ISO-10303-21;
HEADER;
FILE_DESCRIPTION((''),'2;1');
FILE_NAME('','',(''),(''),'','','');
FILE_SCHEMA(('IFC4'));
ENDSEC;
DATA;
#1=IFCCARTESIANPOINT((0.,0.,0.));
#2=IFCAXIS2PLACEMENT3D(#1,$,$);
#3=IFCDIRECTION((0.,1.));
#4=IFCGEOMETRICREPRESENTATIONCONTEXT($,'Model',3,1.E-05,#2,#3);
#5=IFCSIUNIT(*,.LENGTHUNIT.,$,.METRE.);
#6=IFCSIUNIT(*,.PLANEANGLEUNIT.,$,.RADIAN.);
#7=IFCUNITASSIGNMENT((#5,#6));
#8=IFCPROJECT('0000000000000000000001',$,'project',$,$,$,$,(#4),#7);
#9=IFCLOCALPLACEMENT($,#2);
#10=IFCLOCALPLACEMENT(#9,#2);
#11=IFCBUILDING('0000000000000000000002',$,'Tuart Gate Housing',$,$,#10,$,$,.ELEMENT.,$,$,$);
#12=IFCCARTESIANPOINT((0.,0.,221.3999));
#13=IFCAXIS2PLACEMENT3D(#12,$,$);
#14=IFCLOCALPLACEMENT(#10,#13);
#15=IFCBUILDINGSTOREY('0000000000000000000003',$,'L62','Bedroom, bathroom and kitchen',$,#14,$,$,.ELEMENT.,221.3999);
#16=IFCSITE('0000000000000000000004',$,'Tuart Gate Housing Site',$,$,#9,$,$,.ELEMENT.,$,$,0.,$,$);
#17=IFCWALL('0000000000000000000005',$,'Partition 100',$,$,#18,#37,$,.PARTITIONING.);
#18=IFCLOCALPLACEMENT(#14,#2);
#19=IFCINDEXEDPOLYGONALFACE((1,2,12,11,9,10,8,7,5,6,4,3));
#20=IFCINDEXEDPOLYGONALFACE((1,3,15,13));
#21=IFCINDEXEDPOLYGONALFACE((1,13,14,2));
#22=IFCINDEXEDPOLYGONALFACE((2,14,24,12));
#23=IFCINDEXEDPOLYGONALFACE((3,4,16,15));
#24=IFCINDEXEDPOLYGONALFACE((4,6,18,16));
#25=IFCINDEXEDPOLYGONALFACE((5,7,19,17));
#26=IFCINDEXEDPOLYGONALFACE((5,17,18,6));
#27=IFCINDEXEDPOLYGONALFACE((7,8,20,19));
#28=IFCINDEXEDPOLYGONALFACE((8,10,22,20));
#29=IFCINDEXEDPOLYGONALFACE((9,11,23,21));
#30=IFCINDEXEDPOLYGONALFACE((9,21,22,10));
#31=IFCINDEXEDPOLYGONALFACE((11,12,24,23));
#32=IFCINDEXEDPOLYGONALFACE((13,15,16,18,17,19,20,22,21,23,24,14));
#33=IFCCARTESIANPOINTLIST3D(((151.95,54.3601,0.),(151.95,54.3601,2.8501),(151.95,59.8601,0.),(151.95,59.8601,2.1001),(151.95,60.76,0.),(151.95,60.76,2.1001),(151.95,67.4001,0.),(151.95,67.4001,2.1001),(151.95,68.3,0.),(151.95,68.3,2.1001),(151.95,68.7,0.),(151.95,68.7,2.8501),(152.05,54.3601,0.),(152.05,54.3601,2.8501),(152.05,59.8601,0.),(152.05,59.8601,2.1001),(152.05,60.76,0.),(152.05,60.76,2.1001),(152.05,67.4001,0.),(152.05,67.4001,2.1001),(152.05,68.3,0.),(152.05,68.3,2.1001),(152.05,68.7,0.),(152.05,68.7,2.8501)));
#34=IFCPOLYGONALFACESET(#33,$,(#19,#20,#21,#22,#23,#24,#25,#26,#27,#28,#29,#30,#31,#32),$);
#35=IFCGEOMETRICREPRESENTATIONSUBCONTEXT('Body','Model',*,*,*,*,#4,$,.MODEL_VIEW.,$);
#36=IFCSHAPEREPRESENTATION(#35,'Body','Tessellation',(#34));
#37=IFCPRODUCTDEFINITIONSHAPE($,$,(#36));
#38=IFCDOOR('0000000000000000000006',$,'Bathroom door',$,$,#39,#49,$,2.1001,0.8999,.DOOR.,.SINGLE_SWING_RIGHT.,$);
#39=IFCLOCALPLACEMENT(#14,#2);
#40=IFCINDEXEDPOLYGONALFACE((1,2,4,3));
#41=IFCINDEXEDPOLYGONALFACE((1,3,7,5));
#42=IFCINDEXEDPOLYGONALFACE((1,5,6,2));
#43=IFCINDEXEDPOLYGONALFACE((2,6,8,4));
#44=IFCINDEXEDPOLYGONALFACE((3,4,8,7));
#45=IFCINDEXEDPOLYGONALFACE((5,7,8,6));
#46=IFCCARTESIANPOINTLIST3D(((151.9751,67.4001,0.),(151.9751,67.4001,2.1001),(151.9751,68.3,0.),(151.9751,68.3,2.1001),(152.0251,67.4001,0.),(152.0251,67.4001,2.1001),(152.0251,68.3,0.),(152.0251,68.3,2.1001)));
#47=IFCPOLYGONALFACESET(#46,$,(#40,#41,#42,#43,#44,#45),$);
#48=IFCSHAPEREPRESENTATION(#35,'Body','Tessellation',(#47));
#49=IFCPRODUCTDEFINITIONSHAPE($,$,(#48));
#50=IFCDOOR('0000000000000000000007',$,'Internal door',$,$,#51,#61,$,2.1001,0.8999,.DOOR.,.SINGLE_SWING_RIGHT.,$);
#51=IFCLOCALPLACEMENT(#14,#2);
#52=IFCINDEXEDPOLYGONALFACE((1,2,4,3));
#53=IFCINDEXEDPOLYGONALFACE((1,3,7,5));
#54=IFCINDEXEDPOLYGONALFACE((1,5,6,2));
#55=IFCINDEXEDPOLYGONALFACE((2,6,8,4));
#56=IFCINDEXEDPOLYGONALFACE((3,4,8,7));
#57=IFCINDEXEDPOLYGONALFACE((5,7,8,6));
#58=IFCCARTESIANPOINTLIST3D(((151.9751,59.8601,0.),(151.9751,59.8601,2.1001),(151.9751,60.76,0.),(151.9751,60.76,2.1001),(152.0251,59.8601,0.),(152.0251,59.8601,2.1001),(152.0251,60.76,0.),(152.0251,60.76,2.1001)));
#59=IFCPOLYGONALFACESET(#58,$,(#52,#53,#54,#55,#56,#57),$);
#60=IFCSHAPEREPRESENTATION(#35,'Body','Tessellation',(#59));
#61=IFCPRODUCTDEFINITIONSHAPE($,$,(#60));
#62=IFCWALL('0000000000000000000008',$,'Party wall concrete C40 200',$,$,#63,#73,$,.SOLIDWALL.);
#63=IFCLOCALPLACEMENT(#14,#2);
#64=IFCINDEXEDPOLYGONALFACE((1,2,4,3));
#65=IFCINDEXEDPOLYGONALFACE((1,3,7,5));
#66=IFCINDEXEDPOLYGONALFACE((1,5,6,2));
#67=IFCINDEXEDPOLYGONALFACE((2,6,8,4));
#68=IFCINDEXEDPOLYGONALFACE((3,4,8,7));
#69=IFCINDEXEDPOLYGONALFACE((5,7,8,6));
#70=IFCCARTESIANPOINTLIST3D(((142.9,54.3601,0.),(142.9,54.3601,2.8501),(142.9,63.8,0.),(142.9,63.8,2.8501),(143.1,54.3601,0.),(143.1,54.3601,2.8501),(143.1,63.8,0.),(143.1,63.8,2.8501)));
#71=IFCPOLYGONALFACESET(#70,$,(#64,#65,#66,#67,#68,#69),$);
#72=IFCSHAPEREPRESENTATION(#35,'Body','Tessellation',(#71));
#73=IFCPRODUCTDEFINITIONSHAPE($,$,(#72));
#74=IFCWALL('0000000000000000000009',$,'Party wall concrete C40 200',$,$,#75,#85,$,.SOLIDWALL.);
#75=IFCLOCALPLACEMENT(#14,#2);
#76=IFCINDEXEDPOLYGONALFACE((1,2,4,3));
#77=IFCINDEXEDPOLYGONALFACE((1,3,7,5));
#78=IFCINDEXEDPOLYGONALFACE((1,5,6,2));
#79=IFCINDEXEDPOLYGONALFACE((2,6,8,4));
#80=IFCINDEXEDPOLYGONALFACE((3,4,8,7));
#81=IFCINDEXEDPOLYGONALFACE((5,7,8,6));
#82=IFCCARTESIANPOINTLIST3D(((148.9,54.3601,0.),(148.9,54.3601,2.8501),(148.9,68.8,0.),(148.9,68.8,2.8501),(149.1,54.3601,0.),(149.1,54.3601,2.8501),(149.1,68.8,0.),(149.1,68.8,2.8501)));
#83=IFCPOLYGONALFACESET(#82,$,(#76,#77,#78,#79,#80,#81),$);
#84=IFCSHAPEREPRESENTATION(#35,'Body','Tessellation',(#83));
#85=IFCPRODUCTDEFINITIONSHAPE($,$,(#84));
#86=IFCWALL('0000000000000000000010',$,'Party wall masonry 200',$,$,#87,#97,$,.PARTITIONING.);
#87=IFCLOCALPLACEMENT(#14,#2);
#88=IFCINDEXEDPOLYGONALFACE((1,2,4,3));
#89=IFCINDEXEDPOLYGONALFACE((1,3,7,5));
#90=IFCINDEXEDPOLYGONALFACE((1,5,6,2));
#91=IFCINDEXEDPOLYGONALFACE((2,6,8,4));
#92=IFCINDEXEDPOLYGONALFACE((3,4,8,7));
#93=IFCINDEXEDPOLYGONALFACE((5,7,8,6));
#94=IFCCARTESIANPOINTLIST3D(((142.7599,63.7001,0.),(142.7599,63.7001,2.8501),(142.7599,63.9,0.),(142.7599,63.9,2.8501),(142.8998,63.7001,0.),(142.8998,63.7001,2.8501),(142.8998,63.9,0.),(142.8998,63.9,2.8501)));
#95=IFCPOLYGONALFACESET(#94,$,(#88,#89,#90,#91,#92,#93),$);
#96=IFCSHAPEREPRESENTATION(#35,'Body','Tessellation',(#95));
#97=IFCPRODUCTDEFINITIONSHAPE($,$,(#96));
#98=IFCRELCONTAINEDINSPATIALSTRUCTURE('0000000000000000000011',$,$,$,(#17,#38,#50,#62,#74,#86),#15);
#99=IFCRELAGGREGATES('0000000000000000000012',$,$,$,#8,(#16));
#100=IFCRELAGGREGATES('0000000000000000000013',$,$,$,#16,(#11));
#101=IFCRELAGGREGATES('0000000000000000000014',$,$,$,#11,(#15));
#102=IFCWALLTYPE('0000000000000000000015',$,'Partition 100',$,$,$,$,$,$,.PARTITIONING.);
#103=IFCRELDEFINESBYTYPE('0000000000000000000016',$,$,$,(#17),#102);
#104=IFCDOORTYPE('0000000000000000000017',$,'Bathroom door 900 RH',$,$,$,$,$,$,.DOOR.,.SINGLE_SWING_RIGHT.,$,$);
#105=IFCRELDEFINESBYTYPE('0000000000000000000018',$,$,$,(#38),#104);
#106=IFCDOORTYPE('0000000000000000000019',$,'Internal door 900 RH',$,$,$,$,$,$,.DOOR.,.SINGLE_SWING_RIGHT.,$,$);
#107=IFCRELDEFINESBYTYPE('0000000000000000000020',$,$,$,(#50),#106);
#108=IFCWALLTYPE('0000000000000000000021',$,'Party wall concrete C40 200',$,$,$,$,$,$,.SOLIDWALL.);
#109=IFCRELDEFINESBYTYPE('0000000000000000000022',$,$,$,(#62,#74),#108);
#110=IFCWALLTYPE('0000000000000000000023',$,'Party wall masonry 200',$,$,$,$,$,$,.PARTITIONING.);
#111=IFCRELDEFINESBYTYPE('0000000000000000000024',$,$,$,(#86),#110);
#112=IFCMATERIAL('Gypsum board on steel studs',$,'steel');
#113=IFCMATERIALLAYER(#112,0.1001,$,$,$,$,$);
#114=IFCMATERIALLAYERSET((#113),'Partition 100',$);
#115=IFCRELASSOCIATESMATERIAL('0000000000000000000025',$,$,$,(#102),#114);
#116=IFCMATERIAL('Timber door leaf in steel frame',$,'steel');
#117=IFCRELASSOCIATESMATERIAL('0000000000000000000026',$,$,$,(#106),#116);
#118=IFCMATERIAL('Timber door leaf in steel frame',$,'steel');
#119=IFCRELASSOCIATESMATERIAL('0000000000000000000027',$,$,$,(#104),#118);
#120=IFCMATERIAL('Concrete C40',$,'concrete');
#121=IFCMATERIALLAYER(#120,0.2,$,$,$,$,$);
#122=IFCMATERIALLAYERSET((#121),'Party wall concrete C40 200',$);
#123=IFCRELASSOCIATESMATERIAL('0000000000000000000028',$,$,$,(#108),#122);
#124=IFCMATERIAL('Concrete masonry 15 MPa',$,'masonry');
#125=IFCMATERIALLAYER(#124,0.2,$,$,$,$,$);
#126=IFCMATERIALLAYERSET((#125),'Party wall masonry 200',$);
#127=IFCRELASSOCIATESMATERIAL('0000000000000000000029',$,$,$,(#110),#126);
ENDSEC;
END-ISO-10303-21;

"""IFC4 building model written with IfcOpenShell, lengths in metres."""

from ifc_helpers import new_model, si_unit, direction, frame, frame_2d, origin, place, context, subcontext, project, spatial, rectangle, extrude, material, layer, layer_set, type_object, element, fill, save


model = new_model("IFC4")

# Units and contexts
model_context = context("Model", 3, precision=1e-05, world=origin(), true_north=direction((0.0, 1.0)))
body_context = subcontext(model_context, "Body", "Model", "MODEL_VIEW")
ifc_project = project(units=[si_unit("LENGTHUNIT", "METRE"), si_unit("PLANEANGLEUNIT", "RADIAN")], contexts=[model_context])

# Site, building, storey
site_placement = place(None, origin())
site = spatial("IfcSite", under=ifc_project, at=site_placement, Name="Tuart Gate Housing Site", CompositionType="ELEMENT", RefElevation=0.0)
building_placement = place(site_placement, origin())
building = spatial("IfcBuilding", under=site, at=building_placement, Name="Tuart Gate Housing", CompositionType="ELEMENT")
storey_placement = place(building_placement, frame((0.0, 0.0, 221.3999)))
storey = spatial("IfcBuildingStorey", under=building, at=storey_placement, Name="L62", Description="Bedroom, bathroom and kitchen", CompositionType="ELEMENT", Elevation=221.3999)

# Shared definitions
ifc_material_1 = material(Name="Gypsum board on steel studs", Category="steel")
ifc_layer_1 = layer(ifc_material_1, 0.1001)
ifc_layer_set_1 = layer_set([ifc_layer_1], Name="Partition 100")
wall_type_1 = type_object("IfcWallType", Name="Partition 100", PredefinedType="PARTITIONING", material=ifc_layer_set_1)
ifc_material_2 = material(Name="Timber door leaf in steel frame", Category="steel")
door_type_1 = type_object("IfcDoorType", Name="Internal door 900 RH", OperationType="SINGLE_SWING_RIGHT", PredefinedType="DOOR", material=ifc_material_2)

# Wall, openings, doors
wall_1_placement = place(storey_placement, frame((152.0, 54.3601, 0.0), z_axis=(0.0, 0.0, 1.0), x_axis=(0.0, 1.0, 0.0)))
wall_1 = element("IfcWall", 1, at=wall_1_placement, inside=storey, type_object=wall_type_1, Name="Partition 100", PredefinedType="PARTITIONING", context=body_context, shape_type="SweptSolid", body=[
    extrude(rectangle(XDim=14.3398, YDim=0.1001, at=frame_2d((7.1699, 0.0))), origin(), (0.0, 0.0, 1.0), 2.8501),
])
opening_1_placement = place(wall_1_placement, frame((5.5, 0.0, 0.0)))
opening_1 = element("IfcOpeningElement", 2, at=opening_1_placement, cuts=wall_1, PredefinedType="OPENING", context=body_context, shape_type="SweptSolid", body=[
    extrude(rectangle(XDim=0.8999, YDim=2.1001, at=frame_2d((0.45, 1.05))), frame((0.0, 0.0601, 0.0), z_axis=(0.0, -1.0, 0.0), x_axis=(1.0, 0.0, 0.0)), (0.0, 0.0, 1.0), 0.1201),
])
opening_2_placement = place(wall_1_placement, frame((13.04, 0.0, 0.0)))
opening_2 = element("IfcOpeningElement", 3, at=opening_2_placement, cuts=wall_1, PredefinedType="OPENING", context=body_context, shape_type="SweptSolid", body=[
    extrude(rectangle(XDim=0.8999, YDim=2.1001, at=frame_2d((0.45, 1.05))), frame((0.0, 0.0601, 0.0), z_axis=(0.0, -1.0, 0.0), x_axis=(1.0, 0.0, 0.0)), (0.0, 0.0, 1.0), 0.1201),
])
ifc_material_3 = material(Name="Timber door leaf in steel frame", Category="steel")
door_type_2 = type_object("IfcDoorType", Name="Bathroom door 900 RH", OperationType="SINGLE_SWING_RIGHT", PredefinedType="DOOR", material=ifc_material_3)
door_1_placement = place(opening_2_placement, origin())
door_1 = element("IfcDoor", 4, at=door_1_placement, inside=storey, type_object=door_type_2, Name="Bathroom door", OperationType="SINGLE_SWING_RIGHT", OverallHeight=2.1001, OverallWidth=0.8999, PredefinedType="DOOR", context=body_context, shape_type="SweptSolid", body=[
    extrude(rectangle(XDim=0.8999, YDim=2.1001, at=frame_2d((0.45, 1.05))), frame((0.0, 0.0249, 0.0), z_axis=(0.0, -1.0, 0.0), x_axis=(1.0, 0.0, 0.0)), (0.0, 0.0, 1.0), 0.05),
])
fill(opening_2, door_1)
door_2_placement = place(opening_1_placement, origin())
door_2 = element("IfcDoor", 5, at=door_2_placement, inside=storey, type_object=door_type_1, Name="Internal door", OperationType="SINGLE_SWING_RIGHT", OverallHeight=2.1001, OverallWidth=0.8999, PredefinedType="DOOR", context=body_context, shape_type="SweptSolid", body=[
    extrude(rectangle(XDim=0.8999, YDim=2.1001, at=frame_2d((0.45, 1.05))), frame((0.0, 0.0249, 0.0), z_axis=(0.0, -1.0, 0.0), x_axis=(1.0, 0.0, 0.0)), (0.0, 0.0, 1.0), 0.05),
])
fill(opening_1, door_2)

# Walls
ifc_material_4 = material(Name="Concrete C40", Category="concrete")
ifc_layer_2 = layer(ifc_material_4, 0.2)
ifc_layer_set_2 = layer_set([ifc_layer_2], Name="Party wall concrete C40 200")
wall_type_2 = type_object("IfcWallType", Name="Party wall concrete C40 200", PredefinedType="SOLIDWALL", material=ifc_layer_set_2)
wall_2_placement = place(storey_placement, frame((143.0, 54.3601, 0.0), z_axis=(0.0, 0.0, 1.0), x_axis=(0.0, 1.0, 0.0)))
element("IfcWall", 6, at=wall_2_placement, inside=storey, type_object=wall_type_2, Name="Party wall concrete C40 200", PredefinedType="SOLIDWALL", context=body_context, shape_type="SweptSolid", body=[
    extrude(rectangle(XDim=9.4399, YDim=0.2, at=frame_2d((4.72, 0.0))), origin(), (0.0, 0.0, 1.0), 2.8501),
])
wall_3_placement = place(storey_placement, frame((149.0, 54.3601, 0.0), z_axis=(0.0, 0.0, 1.0), x_axis=(0.0, 1.0, 0.0)))
element("IfcWall", 7, at=wall_3_placement, inside=storey, type_object=wall_type_2, Name="Party wall concrete C40 200", PredefinedType="SOLIDWALL", context=body_context, shape_type="SweptSolid", body=[
    extrude(rectangle(XDim=14.4399, YDim=0.2, at=frame_2d((7.22, 0.0))), origin(), (0.0, 0.0, 1.0), 2.8501),
])
ifc_material_5 = material(Name="Concrete masonry 15 MPa", Category="masonry")
ifc_layer_3 = layer(ifc_material_5, 0.2)
ifc_layer_set_3 = layer_set([ifc_layer_3], Name="Party wall masonry 200")
wall_type_3 = type_object("IfcWallType", Name="Party wall masonry 200", PredefinedType="PARTITIONING", material=ifc_layer_set_3)
wall_4_placement = place(storey_placement, frame((142.76, 63.8, 0.0), z_axis=(0.0, 0.0, 1.0), x_axis=(1.0, 0.0, 0.0)))
element("IfcWall", 8, at=wall_4_placement, inside=storey, type_object=wall_type_3, Name="Party wall masonry 200", PredefinedType="PARTITIONING", context=body_context, shape_type="SweptSolid", body=[
    extrude(rectangle(XDim=0.1399, YDim=0.2, at=frame_2d((0.0698, 0.0))), origin(), (0.0, 0.0, 1.0), 2.8501),
])

save(model, "model.ifc")
